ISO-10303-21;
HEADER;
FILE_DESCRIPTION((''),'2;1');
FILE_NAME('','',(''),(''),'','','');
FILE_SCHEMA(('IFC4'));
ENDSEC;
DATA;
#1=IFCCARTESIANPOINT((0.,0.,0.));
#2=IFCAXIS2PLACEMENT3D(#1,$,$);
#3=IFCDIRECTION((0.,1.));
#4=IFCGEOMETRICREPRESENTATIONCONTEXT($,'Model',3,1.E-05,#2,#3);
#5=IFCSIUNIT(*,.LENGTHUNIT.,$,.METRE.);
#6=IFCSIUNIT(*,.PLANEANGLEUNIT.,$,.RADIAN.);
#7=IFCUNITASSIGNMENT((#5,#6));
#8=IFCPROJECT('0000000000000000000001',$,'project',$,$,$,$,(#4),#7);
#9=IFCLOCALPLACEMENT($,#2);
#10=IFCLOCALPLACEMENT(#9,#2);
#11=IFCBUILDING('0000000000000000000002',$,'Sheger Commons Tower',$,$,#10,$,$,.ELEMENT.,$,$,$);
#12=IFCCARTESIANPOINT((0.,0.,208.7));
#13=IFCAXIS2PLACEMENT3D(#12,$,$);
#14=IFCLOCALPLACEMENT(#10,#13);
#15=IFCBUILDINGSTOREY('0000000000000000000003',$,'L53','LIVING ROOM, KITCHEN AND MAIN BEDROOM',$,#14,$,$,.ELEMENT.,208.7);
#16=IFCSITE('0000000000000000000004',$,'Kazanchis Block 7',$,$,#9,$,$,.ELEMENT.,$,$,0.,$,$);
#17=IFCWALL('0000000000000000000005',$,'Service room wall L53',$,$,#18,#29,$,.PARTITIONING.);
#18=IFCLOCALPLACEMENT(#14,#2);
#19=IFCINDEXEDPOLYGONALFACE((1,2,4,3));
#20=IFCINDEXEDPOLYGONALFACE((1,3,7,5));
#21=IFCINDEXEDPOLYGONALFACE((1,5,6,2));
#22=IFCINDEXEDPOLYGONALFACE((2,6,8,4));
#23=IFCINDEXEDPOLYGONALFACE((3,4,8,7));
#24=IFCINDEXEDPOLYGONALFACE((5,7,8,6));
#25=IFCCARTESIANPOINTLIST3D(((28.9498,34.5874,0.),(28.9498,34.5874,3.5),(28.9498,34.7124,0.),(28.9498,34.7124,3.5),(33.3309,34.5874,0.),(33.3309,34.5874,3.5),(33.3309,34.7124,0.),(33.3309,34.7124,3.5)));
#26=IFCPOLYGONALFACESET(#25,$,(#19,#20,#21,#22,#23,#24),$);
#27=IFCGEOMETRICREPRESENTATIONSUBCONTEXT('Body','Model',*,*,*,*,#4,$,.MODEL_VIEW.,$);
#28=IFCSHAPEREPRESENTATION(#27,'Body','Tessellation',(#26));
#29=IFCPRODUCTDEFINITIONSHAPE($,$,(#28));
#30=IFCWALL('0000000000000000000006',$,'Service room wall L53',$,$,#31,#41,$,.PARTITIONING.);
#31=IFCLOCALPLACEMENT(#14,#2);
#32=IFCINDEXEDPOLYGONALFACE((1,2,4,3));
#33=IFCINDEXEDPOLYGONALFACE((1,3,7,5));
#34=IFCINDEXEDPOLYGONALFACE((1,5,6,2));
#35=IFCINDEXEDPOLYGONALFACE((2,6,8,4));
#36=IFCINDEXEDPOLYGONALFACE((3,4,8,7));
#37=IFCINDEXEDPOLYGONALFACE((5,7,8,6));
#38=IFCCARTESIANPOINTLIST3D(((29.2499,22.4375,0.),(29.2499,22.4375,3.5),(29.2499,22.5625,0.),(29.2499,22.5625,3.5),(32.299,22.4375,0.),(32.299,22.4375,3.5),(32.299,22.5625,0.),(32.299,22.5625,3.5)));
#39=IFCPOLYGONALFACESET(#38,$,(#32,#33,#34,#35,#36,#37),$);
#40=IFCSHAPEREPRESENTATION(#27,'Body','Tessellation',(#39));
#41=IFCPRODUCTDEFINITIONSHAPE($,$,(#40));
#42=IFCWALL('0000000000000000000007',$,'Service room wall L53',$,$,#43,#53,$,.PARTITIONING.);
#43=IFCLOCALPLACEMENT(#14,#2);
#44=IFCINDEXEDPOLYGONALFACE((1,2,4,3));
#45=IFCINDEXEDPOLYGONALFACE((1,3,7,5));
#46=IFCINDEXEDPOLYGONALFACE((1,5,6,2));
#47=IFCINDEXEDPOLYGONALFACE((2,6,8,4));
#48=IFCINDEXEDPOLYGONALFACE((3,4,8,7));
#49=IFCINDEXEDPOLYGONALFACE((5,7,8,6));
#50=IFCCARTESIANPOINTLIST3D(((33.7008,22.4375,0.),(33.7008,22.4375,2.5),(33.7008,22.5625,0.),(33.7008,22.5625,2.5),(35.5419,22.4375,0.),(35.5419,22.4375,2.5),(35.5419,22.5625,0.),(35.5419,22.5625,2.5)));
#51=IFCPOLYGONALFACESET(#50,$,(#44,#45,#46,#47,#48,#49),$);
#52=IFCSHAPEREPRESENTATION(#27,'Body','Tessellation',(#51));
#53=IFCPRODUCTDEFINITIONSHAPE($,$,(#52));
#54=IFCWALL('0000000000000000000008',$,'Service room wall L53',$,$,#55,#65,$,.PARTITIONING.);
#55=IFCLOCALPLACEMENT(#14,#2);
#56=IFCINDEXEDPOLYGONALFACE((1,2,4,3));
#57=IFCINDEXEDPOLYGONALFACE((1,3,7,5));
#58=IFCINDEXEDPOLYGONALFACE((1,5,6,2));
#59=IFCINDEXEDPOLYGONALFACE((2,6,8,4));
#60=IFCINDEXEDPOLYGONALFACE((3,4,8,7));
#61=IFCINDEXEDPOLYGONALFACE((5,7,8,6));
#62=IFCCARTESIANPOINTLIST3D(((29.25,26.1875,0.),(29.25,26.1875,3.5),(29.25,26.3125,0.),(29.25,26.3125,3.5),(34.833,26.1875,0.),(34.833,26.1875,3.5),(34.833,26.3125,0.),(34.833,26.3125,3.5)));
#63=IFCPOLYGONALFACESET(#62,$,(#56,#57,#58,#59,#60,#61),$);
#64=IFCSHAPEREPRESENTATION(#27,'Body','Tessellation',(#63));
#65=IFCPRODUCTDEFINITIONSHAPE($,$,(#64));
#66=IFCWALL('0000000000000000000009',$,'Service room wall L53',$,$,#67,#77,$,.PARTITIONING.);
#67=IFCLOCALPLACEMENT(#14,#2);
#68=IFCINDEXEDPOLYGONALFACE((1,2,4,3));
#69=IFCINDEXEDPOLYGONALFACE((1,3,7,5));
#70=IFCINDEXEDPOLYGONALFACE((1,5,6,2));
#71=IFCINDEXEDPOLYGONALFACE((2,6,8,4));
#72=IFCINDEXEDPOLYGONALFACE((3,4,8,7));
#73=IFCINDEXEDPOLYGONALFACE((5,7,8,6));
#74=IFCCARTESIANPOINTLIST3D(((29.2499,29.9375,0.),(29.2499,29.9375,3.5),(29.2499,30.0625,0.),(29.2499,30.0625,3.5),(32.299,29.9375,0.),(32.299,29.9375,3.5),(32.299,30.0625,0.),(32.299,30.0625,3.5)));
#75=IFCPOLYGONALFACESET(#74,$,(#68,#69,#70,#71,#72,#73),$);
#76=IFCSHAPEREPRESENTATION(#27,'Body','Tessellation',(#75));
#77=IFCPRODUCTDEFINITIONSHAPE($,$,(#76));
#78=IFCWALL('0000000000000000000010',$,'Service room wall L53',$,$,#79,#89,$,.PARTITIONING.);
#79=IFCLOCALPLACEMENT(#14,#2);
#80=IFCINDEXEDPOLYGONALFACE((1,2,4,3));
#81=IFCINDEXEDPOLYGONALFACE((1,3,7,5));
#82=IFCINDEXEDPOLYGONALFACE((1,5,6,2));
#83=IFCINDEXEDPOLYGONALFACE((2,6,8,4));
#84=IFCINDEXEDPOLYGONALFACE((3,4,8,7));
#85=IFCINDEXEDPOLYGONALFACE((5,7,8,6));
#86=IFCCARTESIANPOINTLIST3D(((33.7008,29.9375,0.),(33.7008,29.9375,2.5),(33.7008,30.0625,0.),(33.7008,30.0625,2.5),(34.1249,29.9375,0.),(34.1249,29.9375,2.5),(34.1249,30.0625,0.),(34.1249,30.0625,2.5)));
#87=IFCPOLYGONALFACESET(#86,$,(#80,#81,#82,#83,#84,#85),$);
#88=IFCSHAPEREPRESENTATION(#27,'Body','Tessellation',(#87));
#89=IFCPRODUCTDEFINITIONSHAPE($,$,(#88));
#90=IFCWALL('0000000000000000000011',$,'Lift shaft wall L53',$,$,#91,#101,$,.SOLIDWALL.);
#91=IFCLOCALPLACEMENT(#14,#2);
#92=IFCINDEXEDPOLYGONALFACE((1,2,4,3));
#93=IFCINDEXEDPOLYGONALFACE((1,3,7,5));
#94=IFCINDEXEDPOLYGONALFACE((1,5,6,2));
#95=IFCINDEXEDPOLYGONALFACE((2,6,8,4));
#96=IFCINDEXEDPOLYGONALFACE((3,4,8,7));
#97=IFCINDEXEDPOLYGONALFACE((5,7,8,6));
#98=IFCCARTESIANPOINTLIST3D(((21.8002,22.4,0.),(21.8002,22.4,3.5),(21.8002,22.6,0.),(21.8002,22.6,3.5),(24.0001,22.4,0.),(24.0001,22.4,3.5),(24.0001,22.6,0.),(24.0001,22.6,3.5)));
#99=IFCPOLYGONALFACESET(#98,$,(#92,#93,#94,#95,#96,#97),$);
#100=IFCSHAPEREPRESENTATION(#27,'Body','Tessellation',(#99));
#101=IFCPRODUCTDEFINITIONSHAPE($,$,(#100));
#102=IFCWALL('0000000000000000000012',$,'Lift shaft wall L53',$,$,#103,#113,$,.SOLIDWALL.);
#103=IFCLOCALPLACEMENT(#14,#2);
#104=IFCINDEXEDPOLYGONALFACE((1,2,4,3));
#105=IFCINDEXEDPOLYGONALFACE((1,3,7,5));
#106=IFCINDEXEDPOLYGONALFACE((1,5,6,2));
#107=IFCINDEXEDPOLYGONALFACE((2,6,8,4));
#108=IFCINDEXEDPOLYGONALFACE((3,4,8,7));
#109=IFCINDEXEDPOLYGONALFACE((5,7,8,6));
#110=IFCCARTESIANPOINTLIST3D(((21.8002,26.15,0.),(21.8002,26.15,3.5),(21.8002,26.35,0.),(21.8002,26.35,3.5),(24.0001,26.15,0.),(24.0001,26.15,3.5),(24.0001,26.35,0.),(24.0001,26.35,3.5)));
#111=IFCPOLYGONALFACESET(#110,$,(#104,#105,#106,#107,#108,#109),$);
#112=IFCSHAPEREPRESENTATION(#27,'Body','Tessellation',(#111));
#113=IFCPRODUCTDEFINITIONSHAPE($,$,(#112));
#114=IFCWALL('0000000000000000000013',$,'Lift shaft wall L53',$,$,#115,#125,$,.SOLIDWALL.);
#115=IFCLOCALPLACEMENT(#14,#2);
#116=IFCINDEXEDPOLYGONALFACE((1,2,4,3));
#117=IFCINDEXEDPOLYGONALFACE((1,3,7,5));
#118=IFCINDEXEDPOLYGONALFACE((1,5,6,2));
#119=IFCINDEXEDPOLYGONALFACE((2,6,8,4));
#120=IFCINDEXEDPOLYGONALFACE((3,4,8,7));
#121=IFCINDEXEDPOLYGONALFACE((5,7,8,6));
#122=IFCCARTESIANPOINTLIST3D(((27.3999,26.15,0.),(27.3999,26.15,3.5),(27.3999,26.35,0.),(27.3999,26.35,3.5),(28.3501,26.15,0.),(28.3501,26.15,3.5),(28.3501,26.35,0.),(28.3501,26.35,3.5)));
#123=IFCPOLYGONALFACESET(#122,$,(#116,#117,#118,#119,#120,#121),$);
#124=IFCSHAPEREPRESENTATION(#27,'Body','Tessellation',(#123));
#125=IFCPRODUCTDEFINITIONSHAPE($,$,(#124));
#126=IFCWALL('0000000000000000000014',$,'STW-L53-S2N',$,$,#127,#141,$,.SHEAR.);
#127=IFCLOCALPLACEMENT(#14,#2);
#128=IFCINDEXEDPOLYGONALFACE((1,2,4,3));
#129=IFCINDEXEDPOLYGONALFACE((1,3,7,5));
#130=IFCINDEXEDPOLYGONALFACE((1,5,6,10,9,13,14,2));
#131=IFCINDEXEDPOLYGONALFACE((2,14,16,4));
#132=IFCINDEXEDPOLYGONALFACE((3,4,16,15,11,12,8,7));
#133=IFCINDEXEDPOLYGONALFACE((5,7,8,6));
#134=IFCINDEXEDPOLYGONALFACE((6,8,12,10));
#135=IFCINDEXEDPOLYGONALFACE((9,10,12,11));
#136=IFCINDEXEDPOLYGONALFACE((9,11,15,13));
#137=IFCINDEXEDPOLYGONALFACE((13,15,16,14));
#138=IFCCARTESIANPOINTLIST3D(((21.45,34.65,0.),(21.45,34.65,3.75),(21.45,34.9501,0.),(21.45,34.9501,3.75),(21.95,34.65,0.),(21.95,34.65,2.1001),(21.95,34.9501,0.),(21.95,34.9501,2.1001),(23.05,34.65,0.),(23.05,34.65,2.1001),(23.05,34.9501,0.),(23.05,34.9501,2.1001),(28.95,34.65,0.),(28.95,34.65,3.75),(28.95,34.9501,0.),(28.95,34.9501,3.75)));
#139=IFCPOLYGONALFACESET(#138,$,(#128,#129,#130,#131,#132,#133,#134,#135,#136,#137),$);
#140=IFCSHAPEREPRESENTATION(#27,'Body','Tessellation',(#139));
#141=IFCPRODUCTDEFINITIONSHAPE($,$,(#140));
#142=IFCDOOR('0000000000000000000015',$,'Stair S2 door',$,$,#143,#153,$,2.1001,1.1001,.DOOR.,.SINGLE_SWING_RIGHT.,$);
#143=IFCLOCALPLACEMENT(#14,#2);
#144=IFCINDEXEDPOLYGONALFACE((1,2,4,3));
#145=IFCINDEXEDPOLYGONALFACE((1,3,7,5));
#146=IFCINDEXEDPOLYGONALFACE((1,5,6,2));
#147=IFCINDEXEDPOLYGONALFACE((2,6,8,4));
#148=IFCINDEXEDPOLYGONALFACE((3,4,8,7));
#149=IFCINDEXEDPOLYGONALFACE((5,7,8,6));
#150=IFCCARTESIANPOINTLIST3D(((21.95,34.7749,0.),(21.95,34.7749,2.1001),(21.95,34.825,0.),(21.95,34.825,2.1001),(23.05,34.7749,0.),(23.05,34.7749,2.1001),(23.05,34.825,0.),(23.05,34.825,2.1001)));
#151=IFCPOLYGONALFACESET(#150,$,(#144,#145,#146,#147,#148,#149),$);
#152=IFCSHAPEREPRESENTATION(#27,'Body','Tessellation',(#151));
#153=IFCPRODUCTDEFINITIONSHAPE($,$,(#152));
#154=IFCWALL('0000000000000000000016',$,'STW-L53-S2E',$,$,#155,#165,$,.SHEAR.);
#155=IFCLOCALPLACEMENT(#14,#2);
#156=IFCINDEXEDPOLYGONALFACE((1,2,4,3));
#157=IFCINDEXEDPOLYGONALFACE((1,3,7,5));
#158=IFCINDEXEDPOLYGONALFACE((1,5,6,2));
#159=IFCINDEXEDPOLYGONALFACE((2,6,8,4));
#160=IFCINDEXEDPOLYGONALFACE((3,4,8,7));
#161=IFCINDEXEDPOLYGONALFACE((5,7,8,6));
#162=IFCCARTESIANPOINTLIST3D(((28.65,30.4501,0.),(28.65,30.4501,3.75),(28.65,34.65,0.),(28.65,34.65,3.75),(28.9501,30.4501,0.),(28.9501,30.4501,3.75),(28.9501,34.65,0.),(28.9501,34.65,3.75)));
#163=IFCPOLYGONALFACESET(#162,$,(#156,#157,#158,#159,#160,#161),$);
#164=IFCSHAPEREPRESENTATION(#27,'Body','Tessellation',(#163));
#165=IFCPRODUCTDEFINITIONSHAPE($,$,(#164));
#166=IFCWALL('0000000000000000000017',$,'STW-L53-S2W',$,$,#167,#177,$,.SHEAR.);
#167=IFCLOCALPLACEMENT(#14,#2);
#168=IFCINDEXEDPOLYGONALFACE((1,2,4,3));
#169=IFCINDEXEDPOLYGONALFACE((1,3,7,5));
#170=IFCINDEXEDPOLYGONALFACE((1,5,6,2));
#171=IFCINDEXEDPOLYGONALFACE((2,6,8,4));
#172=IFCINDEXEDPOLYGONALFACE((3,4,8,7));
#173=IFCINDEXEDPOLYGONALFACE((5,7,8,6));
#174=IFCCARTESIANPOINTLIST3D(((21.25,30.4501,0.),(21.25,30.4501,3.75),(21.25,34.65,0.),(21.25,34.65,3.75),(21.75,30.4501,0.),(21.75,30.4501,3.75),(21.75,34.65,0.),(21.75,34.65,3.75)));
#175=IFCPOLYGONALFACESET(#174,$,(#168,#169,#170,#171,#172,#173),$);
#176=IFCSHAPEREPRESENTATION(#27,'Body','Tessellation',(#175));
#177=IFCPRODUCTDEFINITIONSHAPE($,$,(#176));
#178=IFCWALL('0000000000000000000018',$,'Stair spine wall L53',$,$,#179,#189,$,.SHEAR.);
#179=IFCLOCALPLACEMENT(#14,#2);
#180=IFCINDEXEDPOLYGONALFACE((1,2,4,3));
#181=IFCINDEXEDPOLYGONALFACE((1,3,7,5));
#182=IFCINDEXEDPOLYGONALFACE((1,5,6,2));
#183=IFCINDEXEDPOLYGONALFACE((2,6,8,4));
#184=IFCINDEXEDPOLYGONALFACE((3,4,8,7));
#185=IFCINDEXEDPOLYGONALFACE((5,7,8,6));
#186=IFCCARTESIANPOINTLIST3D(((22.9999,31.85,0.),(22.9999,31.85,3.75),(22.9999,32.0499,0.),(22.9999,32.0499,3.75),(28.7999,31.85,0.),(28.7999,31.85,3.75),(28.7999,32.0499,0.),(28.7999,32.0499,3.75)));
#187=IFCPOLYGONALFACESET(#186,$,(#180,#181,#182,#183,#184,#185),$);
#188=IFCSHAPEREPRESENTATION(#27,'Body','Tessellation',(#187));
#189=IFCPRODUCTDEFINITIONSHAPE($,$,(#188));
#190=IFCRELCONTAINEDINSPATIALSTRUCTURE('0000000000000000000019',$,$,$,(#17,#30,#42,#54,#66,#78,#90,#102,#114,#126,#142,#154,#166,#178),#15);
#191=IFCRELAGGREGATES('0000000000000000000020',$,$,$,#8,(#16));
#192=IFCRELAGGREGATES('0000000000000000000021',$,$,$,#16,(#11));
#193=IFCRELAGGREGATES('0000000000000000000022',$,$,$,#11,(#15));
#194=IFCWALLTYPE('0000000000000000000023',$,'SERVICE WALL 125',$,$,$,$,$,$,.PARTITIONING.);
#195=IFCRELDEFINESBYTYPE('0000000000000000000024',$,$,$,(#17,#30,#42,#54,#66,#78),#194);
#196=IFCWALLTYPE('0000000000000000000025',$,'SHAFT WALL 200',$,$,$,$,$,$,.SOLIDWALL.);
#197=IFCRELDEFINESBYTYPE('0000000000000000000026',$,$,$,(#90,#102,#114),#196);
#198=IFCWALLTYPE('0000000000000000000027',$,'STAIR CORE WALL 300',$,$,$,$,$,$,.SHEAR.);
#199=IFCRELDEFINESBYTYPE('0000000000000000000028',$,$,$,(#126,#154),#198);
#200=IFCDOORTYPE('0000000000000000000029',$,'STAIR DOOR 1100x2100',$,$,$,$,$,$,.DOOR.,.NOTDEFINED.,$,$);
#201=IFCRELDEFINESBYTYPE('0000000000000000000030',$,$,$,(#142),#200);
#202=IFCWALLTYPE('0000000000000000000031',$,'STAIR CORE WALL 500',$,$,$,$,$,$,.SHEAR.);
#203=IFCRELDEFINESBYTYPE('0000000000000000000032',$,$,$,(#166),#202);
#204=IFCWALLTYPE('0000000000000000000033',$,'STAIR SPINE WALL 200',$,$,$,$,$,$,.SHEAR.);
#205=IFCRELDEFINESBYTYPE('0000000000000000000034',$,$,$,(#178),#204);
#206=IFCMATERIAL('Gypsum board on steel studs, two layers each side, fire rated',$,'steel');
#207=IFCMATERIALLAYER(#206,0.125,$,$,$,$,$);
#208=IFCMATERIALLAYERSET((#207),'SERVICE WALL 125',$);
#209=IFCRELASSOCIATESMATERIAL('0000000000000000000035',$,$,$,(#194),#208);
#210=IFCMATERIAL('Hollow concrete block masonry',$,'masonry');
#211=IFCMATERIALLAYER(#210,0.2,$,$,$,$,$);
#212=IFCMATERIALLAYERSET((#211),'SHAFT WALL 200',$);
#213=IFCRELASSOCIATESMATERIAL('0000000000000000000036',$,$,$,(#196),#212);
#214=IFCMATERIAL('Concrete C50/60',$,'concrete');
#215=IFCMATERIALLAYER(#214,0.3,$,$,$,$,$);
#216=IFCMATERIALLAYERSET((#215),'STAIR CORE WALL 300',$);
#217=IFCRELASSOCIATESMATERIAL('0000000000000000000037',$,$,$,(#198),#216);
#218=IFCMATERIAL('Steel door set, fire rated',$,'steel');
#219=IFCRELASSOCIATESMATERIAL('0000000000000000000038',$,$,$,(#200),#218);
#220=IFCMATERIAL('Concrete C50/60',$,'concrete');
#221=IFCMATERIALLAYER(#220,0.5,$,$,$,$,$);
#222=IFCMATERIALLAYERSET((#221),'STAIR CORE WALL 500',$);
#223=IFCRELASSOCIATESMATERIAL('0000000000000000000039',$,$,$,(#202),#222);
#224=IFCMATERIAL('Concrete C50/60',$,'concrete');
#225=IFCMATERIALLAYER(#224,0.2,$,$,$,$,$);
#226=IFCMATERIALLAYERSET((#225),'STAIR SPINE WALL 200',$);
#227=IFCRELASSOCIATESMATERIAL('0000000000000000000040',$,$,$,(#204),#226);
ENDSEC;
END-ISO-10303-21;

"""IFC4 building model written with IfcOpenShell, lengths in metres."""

from ifc_helpers import new_model, si_unit, direction, frame, frame_2d, origin, place, context, subcontext, project, spatial, rectangle, extrude, material, layer, layer_set, type_object, element, fill, save


model = new_model("IFC4")

# Units and contexts
model_context = context("Model", 3, precision=1e-05, world=origin(), true_north=direction((0.0, 1.0)))
body_context = subcontext(model_context, "Body", "Model", "MODEL_VIEW")
ifc_project = project(units=[si_unit("LENGTHUNIT", "METRE"), si_unit("PLANEANGLEUNIT", "RADIAN")], contexts=[model_context])

# Site, building, storey
site_placement = place(None, origin())
site = spatial("IfcSite", under=ifc_project, at=site_placement, Name="Kazanchis Block 7", CompositionType="ELEMENT", RefElevation=0.0)
building_placement = place(site_placement, origin())
building = spatial("IfcBuilding", under=site, at=building_placement, Name="Sheger Commons Tower", CompositionType="ELEMENT")
storey_placement = place(building_placement, frame((0.0, 0.0, 208.7)))
storey = spatial("IfcBuildingStorey", under=building, at=storey_placement, Name="L53", Description="LIVING ROOM, KITCHEN AND MAIN BEDROOM", CompositionType="ELEMENT", Elevation=208.7)

# Walls
ifc_material_1 = material(Name="Gypsum board on steel studs, two layers each side, fire rated", Category="steel")
ifc_layer_1 = layer(ifc_material_1, 0.125)
ifc_layer_set_1 = layer_set([ifc_layer_1], Name="SERVICE WALL 125")
wall_type_1 = type_object("IfcWallType", Name="SERVICE WALL 125", PredefinedType="PARTITIONING", material=ifc_layer_set_1)
wall_1_placement = place(storey_placement, frame((28.95, 34.6499, 0.0), z_axis=(0.0, 0.0, 1.0), x_axis=(1.0, 0.0, 0.0)))
element("IfcWall", 1, at=wall_1_placement, inside=storey, type_object=wall_type_1, Name="Service room wall L53", PredefinedType="PARTITIONING", context=body_context, shape_type="SweptSolid", body=[
    extrude(rectangle(XDim=4.3811, YDim=0.125, at=frame_2d((2.1904, 0.0))), origin(), (0.0, 0.0, 1.0), 3.5),
])
wall_2_placement = place(storey_placement, frame((29.25, 22.5, 0.0), z_axis=(0.0, 0.0, 1.0), x_axis=(1.0, 0.0, 0.0)))
element("IfcWall", 2, at=wall_2_placement, inside=storey, type_object=wall_type_1, Name="Service room wall L53", PredefinedType="PARTITIONING", context=body_context, shape_type="SweptSolid", body=[
    extrude(rectangle(XDim=3.0491, YDim=0.125, at=frame_2d((1.5244, 0.0))), origin(), (0.0, 0.0, 1.0), 3.5),
])
wall_3_placement = place(storey_placement, frame((33.7009, 22.5, 0.0), z_axis=(0.0, 0.0, 1.0), x_axis=(1.0, 0.0, 0.0)))
element("IfcWall", 3, at=wall_3_placement, inside=storey, type_object=wall_type_1, Name="Service room wall L53", PredefinedType="PARTITIONING", context=body_context, shape_type="SweptSolid", body=[
    extrude(rectangle(XDim=1.8411, YDim=0.125, at=frame_2d((0.9204, 0.0))), origin(), (0.0, 0.0, 1.0), 2.5),
])
wall_4_placement = place(storey_placement, frame((29.25, 26.25, 0.0), z_axis=(0.0, 0.0, 1.0), x_axis=(1.0, 0.0, 0.0)))
element("IfcWall", 4, at=wall_4_placement, inside=storey, type_object=wall_type_1, Name="Service room wall L53", PredefinedType="PARTITIONING", context=body_context, shape_type="SweptSolid", body=[
    extrude(rectangle(XDim=5.583, YDim=0.125, at=frame_2d((2.7915, 0.0))), origin(), (0.0, 0.0, 1.0), 3.5),
])
wall_5_placement = place(storey_placement, frame((29.25, 30.0, 0.0), z_axis=(0.0, 0.0, 1.0), x_axis=(1.0, 0.0, 0.0)))
element("IfcWall", 5, at=wall_5_placement, inside=storey, type_object=wall_type_1, Name="Service room wall L53", PredefinedType="PARTITIONING", context=body_context, shape_type="SweptSolid", body=[
    extrude(rectangle(XDim=3.0491, YDim=0.125, at=frame_2d((1.5244, 0.0))), origin(), (0.0, 0.0, 1.0), 3.5),
])
wall_6_placement = place(storey_placement, frame((33.7009, 30.0, 0.0), z_axis=(0.0, 0.0, 1.0), x_axis=(1.0, 0.0, 0.0)))
element("IfcWall", 6, at=wall_6_placement, inside=storey, type_object=wall_type_1, Name="Service room wall L53", PredefinedType="PARTITIONING", context=body_context, shape_type="SweptSolid", body=[
    extrude(rectangle(XDim=0.4241, YDim=0.125, at=frame_2d((0.2119, 0.0))), origin(), (0.0, 0.0, 1.0), 2.5),
])
ifc_material_2 = material(Name="Hollow concrete block masonry", Category="masonry")
ifc_layer_2 = layer(ifc_material_2, 0.2)
ifc_layer_set_2 = layer_set([ifc_layer_2], Name="SHAFT WALL 200")
wall_type_2 = type_object("IfcWallType", Name="SHAFT WALL 200", PredefinedType="SOLIDWALL", material=ifc_layer_set_2)
for number, where, z_axis, x_axis, name in (
    (7, (21.8, 22.5, 0.0), (0.0, 0.0, 1.0), (1.0, 0.0, 0.0), "Lift shaft wall L53"),
    (8, (21.8, 26.25, 0.0), (0.0, 0.0, 1.0), (1.0, 0.0, 0.0), "Lift shaft wall L53"),
):
    element("IfcWall", number, at=place(storey_placement, frame(where, z_axis=z_axis, x_axis=x_axis)), inside=storey, type_object=wall_type_2, Name=name, PredefinedType="SOLIDWALL", context=body_context, shape_type="SweptSolid", body=[
        extrude(rectangle(XDim=2.2, YDim=0.2, at=frame_2d((1.1001, 0.0))), origin(), (0.0, 0.0, 1.0), 3.5),
    ])
wall_7_placement = place(storey_placement, frame((27.3999, 26.25, 0.0), z_axis=(0.0, 0.0, 1.0), x_axis=(1.0, 0.0, 0.0)))
element("IfcWall", 9, at=wall_7_placement, inside=storey, type_object=wall_type_2, Name="Lift shaft wall L53", PredefinedType="SOLIDWALL", context=body_context, shape_type="SweptSolid", body=[
    extrude(rectangle(XDim=0.9502, YDim=0.2, at=frame_2d((0.4751, 0.0))), origin(), (0.0, 0.0, 1.0), 3.5),
])

# Wall, opening, door
ifc_material_3 = material(Name="Concrete C50/60", Category="concrete")
ifc_layer_3 = layer(ifc_material_3, 0.3)
ifc_layer_set_3 = layer_set([ifc_layer_3], Name="STAIR CORE WALL 300")
wall_type_3 = type_object("IfcWallType", Name="STAIR CORE WALL 300", PredefinedType="SHEAR", material=ifc_layer_set_3)
wall_8_placement = place(storey_placement, frame((21.45, 34.8, 0.0), z_axis=(0.0, 0.0, 1.0), x_axis=(1.0, 0.0, 0.0)))
wall_8 = element("IfcWall", 10, at=wall_8_placement, inside=storey, type_object=wall_type_3, Name="STW-L53-S2N", PredefinedType="SHEAR", context=body_context, shape_type="SweptSolid", body=[
    extrude(rectangle(XDim=7.5, YDim=0.3, at=frame_2d((3.75, 0.0))), origin(), (0.0, 0.0, 1.0), 3.75),
])
opening_1_placement = place(wall_8_placement, frame((0.5, 0.0, 0.0)))
opening_1 = element("IfcOpeningElement", 11, at=opening_1_placement, cuts=wall_8, PredefinedType="OPENING", context=body_context, shape_type="SweptSolid", body=[
    extrude(rectangle(XDim=1.1001, YDim=2.1001, at=frame_2d((0.55, 1.05))), frame((0.0, 0.1599, 0.0), z_axis=(0.0, -1.0, 0.0), x_axis=(1.0, 0.0, 0.0)), (0.0, 0.0, 1.0), 0.3201),
])
ifc_material_4 = material(Name="Steel door set, fire rated", Category="steel")
door_type_1 = type_object("IfcDoorType", Name="STAIR DOOR 1100x2100", OperationType="NOTDEFINED", PredefinedType="DOOR", material=ifc_material_4)
door_1_placement = place(opening_1_placement, origin())
door_1 = element("IfcDoor", 12, at=door_1_placement, inside=storey, type_object=door_type_1, Name="Stair S2 door", OperationType="SINGLE_SWING_RIGHT", OverallHeight=2.1001, OverallWidth=1.1001, PredefinedType="DOOR", context=body_context, shape_type="SweptSolid", body=[
    extrude(rectangle(XDim=1.1001, YDim=2.1001, at=frame_2d((0.55, 1.05))), frame((0.0, 0.0249, 0.0), z_axis=(0.0, -1.0, 0.0), x_axis=(1.0, 0.0, 0.0)), (0.0, 0.0, 1.0), 0.05),
])
fill(opening_1, door_1)

# Walls
wall_9_placement = place(storey_placement, frame((28.8, 30.45, 0.0), z_axis=(0.0, 0.0, 1.0), x_axis=(0.0, 1.0, 0.0)))
element("IfcWall", 13, at=wall_9_placement, inside=storey, type_object=wall_type_3, Name="STW-L53-S2E", PredefinedType="SHEAR", context=body_context, shape_type="SweptSolid", body=[
    extrude(rectangle(XDim=4.2, YDim=0.3, at=frame_2d((2.1001, 0.0))), origin(), (0.0, 0.0, 1.0), 3.75),
])
ifc_material_5 = material(Name="Concrete C50/60", Category="concrete")
ifc_layer_4 = layer(ifc_material_5, 0.5)
ifc_layer_set_4 = layer_set([ifc_layer_4], Name="STAIR CORE WALL 500")
wall_type_4 = type_object("IfcWallType", Name="STAIR CORE WALL 500", PredefinedType="SHEAR", material=ifc_layer_set_4)
wall_10_placement = place(storey_placement, frame((21.5, 30.45, 0.0), z_axis=(0.0, 0.0, 1.0), x_axis=(0.0, 1.0, 0.0)))
element("IfcWall", 14, at=wall_10_placement, inside=storey, type_object=wall_type_4, Name="STW-L53-S2W", PredefinedType="SHEAR", context=body_context, shape_type="SweptSolid", body=[
    extrude(rectangle(XDim=4.2, YDim=0.5, at=frame_2d((2.1001, 0.0))), origin(), (0.0, 0.0, 1.0), 3.75),
])
ifc_material_6 = material(Name="Concrete C50/60", Category="concrete")
ifc_layer_5 = layer(ifc_material_6, 0.2)
ifc_layer_set_5 = layer_set([ifc_layer_5], Name="STAIR SPINE WALL 200")
wall_type_5 = type_object("IfcWallType", Name="STAIR SPINE WALL 200", PredefinedType="SHEAR", material=ifc_layer_set_5)
wall_11_placement = place(storey_placement, frame((23.0, 31.95, 0.0), z_axis=(0.0, 0.0, 1.0), x_axis=(1.0, 0.0, 0.0)))
element("IfcWall", 15, at=wall_11_placement, inside=storey, type_object=wall_type_5, Name="Stair spine wall L53", PredefinedType="SHEAR", context=body_context, shape_type="SweptSolid", body=[
    extrude(rectangle(XDim=5.8, YDim=0.2, at=frame_2d((2.8999, 0.0))), origin(), (0.0, 0.0, 1.0), 3.75),
])

save(model, "model.ifc")
